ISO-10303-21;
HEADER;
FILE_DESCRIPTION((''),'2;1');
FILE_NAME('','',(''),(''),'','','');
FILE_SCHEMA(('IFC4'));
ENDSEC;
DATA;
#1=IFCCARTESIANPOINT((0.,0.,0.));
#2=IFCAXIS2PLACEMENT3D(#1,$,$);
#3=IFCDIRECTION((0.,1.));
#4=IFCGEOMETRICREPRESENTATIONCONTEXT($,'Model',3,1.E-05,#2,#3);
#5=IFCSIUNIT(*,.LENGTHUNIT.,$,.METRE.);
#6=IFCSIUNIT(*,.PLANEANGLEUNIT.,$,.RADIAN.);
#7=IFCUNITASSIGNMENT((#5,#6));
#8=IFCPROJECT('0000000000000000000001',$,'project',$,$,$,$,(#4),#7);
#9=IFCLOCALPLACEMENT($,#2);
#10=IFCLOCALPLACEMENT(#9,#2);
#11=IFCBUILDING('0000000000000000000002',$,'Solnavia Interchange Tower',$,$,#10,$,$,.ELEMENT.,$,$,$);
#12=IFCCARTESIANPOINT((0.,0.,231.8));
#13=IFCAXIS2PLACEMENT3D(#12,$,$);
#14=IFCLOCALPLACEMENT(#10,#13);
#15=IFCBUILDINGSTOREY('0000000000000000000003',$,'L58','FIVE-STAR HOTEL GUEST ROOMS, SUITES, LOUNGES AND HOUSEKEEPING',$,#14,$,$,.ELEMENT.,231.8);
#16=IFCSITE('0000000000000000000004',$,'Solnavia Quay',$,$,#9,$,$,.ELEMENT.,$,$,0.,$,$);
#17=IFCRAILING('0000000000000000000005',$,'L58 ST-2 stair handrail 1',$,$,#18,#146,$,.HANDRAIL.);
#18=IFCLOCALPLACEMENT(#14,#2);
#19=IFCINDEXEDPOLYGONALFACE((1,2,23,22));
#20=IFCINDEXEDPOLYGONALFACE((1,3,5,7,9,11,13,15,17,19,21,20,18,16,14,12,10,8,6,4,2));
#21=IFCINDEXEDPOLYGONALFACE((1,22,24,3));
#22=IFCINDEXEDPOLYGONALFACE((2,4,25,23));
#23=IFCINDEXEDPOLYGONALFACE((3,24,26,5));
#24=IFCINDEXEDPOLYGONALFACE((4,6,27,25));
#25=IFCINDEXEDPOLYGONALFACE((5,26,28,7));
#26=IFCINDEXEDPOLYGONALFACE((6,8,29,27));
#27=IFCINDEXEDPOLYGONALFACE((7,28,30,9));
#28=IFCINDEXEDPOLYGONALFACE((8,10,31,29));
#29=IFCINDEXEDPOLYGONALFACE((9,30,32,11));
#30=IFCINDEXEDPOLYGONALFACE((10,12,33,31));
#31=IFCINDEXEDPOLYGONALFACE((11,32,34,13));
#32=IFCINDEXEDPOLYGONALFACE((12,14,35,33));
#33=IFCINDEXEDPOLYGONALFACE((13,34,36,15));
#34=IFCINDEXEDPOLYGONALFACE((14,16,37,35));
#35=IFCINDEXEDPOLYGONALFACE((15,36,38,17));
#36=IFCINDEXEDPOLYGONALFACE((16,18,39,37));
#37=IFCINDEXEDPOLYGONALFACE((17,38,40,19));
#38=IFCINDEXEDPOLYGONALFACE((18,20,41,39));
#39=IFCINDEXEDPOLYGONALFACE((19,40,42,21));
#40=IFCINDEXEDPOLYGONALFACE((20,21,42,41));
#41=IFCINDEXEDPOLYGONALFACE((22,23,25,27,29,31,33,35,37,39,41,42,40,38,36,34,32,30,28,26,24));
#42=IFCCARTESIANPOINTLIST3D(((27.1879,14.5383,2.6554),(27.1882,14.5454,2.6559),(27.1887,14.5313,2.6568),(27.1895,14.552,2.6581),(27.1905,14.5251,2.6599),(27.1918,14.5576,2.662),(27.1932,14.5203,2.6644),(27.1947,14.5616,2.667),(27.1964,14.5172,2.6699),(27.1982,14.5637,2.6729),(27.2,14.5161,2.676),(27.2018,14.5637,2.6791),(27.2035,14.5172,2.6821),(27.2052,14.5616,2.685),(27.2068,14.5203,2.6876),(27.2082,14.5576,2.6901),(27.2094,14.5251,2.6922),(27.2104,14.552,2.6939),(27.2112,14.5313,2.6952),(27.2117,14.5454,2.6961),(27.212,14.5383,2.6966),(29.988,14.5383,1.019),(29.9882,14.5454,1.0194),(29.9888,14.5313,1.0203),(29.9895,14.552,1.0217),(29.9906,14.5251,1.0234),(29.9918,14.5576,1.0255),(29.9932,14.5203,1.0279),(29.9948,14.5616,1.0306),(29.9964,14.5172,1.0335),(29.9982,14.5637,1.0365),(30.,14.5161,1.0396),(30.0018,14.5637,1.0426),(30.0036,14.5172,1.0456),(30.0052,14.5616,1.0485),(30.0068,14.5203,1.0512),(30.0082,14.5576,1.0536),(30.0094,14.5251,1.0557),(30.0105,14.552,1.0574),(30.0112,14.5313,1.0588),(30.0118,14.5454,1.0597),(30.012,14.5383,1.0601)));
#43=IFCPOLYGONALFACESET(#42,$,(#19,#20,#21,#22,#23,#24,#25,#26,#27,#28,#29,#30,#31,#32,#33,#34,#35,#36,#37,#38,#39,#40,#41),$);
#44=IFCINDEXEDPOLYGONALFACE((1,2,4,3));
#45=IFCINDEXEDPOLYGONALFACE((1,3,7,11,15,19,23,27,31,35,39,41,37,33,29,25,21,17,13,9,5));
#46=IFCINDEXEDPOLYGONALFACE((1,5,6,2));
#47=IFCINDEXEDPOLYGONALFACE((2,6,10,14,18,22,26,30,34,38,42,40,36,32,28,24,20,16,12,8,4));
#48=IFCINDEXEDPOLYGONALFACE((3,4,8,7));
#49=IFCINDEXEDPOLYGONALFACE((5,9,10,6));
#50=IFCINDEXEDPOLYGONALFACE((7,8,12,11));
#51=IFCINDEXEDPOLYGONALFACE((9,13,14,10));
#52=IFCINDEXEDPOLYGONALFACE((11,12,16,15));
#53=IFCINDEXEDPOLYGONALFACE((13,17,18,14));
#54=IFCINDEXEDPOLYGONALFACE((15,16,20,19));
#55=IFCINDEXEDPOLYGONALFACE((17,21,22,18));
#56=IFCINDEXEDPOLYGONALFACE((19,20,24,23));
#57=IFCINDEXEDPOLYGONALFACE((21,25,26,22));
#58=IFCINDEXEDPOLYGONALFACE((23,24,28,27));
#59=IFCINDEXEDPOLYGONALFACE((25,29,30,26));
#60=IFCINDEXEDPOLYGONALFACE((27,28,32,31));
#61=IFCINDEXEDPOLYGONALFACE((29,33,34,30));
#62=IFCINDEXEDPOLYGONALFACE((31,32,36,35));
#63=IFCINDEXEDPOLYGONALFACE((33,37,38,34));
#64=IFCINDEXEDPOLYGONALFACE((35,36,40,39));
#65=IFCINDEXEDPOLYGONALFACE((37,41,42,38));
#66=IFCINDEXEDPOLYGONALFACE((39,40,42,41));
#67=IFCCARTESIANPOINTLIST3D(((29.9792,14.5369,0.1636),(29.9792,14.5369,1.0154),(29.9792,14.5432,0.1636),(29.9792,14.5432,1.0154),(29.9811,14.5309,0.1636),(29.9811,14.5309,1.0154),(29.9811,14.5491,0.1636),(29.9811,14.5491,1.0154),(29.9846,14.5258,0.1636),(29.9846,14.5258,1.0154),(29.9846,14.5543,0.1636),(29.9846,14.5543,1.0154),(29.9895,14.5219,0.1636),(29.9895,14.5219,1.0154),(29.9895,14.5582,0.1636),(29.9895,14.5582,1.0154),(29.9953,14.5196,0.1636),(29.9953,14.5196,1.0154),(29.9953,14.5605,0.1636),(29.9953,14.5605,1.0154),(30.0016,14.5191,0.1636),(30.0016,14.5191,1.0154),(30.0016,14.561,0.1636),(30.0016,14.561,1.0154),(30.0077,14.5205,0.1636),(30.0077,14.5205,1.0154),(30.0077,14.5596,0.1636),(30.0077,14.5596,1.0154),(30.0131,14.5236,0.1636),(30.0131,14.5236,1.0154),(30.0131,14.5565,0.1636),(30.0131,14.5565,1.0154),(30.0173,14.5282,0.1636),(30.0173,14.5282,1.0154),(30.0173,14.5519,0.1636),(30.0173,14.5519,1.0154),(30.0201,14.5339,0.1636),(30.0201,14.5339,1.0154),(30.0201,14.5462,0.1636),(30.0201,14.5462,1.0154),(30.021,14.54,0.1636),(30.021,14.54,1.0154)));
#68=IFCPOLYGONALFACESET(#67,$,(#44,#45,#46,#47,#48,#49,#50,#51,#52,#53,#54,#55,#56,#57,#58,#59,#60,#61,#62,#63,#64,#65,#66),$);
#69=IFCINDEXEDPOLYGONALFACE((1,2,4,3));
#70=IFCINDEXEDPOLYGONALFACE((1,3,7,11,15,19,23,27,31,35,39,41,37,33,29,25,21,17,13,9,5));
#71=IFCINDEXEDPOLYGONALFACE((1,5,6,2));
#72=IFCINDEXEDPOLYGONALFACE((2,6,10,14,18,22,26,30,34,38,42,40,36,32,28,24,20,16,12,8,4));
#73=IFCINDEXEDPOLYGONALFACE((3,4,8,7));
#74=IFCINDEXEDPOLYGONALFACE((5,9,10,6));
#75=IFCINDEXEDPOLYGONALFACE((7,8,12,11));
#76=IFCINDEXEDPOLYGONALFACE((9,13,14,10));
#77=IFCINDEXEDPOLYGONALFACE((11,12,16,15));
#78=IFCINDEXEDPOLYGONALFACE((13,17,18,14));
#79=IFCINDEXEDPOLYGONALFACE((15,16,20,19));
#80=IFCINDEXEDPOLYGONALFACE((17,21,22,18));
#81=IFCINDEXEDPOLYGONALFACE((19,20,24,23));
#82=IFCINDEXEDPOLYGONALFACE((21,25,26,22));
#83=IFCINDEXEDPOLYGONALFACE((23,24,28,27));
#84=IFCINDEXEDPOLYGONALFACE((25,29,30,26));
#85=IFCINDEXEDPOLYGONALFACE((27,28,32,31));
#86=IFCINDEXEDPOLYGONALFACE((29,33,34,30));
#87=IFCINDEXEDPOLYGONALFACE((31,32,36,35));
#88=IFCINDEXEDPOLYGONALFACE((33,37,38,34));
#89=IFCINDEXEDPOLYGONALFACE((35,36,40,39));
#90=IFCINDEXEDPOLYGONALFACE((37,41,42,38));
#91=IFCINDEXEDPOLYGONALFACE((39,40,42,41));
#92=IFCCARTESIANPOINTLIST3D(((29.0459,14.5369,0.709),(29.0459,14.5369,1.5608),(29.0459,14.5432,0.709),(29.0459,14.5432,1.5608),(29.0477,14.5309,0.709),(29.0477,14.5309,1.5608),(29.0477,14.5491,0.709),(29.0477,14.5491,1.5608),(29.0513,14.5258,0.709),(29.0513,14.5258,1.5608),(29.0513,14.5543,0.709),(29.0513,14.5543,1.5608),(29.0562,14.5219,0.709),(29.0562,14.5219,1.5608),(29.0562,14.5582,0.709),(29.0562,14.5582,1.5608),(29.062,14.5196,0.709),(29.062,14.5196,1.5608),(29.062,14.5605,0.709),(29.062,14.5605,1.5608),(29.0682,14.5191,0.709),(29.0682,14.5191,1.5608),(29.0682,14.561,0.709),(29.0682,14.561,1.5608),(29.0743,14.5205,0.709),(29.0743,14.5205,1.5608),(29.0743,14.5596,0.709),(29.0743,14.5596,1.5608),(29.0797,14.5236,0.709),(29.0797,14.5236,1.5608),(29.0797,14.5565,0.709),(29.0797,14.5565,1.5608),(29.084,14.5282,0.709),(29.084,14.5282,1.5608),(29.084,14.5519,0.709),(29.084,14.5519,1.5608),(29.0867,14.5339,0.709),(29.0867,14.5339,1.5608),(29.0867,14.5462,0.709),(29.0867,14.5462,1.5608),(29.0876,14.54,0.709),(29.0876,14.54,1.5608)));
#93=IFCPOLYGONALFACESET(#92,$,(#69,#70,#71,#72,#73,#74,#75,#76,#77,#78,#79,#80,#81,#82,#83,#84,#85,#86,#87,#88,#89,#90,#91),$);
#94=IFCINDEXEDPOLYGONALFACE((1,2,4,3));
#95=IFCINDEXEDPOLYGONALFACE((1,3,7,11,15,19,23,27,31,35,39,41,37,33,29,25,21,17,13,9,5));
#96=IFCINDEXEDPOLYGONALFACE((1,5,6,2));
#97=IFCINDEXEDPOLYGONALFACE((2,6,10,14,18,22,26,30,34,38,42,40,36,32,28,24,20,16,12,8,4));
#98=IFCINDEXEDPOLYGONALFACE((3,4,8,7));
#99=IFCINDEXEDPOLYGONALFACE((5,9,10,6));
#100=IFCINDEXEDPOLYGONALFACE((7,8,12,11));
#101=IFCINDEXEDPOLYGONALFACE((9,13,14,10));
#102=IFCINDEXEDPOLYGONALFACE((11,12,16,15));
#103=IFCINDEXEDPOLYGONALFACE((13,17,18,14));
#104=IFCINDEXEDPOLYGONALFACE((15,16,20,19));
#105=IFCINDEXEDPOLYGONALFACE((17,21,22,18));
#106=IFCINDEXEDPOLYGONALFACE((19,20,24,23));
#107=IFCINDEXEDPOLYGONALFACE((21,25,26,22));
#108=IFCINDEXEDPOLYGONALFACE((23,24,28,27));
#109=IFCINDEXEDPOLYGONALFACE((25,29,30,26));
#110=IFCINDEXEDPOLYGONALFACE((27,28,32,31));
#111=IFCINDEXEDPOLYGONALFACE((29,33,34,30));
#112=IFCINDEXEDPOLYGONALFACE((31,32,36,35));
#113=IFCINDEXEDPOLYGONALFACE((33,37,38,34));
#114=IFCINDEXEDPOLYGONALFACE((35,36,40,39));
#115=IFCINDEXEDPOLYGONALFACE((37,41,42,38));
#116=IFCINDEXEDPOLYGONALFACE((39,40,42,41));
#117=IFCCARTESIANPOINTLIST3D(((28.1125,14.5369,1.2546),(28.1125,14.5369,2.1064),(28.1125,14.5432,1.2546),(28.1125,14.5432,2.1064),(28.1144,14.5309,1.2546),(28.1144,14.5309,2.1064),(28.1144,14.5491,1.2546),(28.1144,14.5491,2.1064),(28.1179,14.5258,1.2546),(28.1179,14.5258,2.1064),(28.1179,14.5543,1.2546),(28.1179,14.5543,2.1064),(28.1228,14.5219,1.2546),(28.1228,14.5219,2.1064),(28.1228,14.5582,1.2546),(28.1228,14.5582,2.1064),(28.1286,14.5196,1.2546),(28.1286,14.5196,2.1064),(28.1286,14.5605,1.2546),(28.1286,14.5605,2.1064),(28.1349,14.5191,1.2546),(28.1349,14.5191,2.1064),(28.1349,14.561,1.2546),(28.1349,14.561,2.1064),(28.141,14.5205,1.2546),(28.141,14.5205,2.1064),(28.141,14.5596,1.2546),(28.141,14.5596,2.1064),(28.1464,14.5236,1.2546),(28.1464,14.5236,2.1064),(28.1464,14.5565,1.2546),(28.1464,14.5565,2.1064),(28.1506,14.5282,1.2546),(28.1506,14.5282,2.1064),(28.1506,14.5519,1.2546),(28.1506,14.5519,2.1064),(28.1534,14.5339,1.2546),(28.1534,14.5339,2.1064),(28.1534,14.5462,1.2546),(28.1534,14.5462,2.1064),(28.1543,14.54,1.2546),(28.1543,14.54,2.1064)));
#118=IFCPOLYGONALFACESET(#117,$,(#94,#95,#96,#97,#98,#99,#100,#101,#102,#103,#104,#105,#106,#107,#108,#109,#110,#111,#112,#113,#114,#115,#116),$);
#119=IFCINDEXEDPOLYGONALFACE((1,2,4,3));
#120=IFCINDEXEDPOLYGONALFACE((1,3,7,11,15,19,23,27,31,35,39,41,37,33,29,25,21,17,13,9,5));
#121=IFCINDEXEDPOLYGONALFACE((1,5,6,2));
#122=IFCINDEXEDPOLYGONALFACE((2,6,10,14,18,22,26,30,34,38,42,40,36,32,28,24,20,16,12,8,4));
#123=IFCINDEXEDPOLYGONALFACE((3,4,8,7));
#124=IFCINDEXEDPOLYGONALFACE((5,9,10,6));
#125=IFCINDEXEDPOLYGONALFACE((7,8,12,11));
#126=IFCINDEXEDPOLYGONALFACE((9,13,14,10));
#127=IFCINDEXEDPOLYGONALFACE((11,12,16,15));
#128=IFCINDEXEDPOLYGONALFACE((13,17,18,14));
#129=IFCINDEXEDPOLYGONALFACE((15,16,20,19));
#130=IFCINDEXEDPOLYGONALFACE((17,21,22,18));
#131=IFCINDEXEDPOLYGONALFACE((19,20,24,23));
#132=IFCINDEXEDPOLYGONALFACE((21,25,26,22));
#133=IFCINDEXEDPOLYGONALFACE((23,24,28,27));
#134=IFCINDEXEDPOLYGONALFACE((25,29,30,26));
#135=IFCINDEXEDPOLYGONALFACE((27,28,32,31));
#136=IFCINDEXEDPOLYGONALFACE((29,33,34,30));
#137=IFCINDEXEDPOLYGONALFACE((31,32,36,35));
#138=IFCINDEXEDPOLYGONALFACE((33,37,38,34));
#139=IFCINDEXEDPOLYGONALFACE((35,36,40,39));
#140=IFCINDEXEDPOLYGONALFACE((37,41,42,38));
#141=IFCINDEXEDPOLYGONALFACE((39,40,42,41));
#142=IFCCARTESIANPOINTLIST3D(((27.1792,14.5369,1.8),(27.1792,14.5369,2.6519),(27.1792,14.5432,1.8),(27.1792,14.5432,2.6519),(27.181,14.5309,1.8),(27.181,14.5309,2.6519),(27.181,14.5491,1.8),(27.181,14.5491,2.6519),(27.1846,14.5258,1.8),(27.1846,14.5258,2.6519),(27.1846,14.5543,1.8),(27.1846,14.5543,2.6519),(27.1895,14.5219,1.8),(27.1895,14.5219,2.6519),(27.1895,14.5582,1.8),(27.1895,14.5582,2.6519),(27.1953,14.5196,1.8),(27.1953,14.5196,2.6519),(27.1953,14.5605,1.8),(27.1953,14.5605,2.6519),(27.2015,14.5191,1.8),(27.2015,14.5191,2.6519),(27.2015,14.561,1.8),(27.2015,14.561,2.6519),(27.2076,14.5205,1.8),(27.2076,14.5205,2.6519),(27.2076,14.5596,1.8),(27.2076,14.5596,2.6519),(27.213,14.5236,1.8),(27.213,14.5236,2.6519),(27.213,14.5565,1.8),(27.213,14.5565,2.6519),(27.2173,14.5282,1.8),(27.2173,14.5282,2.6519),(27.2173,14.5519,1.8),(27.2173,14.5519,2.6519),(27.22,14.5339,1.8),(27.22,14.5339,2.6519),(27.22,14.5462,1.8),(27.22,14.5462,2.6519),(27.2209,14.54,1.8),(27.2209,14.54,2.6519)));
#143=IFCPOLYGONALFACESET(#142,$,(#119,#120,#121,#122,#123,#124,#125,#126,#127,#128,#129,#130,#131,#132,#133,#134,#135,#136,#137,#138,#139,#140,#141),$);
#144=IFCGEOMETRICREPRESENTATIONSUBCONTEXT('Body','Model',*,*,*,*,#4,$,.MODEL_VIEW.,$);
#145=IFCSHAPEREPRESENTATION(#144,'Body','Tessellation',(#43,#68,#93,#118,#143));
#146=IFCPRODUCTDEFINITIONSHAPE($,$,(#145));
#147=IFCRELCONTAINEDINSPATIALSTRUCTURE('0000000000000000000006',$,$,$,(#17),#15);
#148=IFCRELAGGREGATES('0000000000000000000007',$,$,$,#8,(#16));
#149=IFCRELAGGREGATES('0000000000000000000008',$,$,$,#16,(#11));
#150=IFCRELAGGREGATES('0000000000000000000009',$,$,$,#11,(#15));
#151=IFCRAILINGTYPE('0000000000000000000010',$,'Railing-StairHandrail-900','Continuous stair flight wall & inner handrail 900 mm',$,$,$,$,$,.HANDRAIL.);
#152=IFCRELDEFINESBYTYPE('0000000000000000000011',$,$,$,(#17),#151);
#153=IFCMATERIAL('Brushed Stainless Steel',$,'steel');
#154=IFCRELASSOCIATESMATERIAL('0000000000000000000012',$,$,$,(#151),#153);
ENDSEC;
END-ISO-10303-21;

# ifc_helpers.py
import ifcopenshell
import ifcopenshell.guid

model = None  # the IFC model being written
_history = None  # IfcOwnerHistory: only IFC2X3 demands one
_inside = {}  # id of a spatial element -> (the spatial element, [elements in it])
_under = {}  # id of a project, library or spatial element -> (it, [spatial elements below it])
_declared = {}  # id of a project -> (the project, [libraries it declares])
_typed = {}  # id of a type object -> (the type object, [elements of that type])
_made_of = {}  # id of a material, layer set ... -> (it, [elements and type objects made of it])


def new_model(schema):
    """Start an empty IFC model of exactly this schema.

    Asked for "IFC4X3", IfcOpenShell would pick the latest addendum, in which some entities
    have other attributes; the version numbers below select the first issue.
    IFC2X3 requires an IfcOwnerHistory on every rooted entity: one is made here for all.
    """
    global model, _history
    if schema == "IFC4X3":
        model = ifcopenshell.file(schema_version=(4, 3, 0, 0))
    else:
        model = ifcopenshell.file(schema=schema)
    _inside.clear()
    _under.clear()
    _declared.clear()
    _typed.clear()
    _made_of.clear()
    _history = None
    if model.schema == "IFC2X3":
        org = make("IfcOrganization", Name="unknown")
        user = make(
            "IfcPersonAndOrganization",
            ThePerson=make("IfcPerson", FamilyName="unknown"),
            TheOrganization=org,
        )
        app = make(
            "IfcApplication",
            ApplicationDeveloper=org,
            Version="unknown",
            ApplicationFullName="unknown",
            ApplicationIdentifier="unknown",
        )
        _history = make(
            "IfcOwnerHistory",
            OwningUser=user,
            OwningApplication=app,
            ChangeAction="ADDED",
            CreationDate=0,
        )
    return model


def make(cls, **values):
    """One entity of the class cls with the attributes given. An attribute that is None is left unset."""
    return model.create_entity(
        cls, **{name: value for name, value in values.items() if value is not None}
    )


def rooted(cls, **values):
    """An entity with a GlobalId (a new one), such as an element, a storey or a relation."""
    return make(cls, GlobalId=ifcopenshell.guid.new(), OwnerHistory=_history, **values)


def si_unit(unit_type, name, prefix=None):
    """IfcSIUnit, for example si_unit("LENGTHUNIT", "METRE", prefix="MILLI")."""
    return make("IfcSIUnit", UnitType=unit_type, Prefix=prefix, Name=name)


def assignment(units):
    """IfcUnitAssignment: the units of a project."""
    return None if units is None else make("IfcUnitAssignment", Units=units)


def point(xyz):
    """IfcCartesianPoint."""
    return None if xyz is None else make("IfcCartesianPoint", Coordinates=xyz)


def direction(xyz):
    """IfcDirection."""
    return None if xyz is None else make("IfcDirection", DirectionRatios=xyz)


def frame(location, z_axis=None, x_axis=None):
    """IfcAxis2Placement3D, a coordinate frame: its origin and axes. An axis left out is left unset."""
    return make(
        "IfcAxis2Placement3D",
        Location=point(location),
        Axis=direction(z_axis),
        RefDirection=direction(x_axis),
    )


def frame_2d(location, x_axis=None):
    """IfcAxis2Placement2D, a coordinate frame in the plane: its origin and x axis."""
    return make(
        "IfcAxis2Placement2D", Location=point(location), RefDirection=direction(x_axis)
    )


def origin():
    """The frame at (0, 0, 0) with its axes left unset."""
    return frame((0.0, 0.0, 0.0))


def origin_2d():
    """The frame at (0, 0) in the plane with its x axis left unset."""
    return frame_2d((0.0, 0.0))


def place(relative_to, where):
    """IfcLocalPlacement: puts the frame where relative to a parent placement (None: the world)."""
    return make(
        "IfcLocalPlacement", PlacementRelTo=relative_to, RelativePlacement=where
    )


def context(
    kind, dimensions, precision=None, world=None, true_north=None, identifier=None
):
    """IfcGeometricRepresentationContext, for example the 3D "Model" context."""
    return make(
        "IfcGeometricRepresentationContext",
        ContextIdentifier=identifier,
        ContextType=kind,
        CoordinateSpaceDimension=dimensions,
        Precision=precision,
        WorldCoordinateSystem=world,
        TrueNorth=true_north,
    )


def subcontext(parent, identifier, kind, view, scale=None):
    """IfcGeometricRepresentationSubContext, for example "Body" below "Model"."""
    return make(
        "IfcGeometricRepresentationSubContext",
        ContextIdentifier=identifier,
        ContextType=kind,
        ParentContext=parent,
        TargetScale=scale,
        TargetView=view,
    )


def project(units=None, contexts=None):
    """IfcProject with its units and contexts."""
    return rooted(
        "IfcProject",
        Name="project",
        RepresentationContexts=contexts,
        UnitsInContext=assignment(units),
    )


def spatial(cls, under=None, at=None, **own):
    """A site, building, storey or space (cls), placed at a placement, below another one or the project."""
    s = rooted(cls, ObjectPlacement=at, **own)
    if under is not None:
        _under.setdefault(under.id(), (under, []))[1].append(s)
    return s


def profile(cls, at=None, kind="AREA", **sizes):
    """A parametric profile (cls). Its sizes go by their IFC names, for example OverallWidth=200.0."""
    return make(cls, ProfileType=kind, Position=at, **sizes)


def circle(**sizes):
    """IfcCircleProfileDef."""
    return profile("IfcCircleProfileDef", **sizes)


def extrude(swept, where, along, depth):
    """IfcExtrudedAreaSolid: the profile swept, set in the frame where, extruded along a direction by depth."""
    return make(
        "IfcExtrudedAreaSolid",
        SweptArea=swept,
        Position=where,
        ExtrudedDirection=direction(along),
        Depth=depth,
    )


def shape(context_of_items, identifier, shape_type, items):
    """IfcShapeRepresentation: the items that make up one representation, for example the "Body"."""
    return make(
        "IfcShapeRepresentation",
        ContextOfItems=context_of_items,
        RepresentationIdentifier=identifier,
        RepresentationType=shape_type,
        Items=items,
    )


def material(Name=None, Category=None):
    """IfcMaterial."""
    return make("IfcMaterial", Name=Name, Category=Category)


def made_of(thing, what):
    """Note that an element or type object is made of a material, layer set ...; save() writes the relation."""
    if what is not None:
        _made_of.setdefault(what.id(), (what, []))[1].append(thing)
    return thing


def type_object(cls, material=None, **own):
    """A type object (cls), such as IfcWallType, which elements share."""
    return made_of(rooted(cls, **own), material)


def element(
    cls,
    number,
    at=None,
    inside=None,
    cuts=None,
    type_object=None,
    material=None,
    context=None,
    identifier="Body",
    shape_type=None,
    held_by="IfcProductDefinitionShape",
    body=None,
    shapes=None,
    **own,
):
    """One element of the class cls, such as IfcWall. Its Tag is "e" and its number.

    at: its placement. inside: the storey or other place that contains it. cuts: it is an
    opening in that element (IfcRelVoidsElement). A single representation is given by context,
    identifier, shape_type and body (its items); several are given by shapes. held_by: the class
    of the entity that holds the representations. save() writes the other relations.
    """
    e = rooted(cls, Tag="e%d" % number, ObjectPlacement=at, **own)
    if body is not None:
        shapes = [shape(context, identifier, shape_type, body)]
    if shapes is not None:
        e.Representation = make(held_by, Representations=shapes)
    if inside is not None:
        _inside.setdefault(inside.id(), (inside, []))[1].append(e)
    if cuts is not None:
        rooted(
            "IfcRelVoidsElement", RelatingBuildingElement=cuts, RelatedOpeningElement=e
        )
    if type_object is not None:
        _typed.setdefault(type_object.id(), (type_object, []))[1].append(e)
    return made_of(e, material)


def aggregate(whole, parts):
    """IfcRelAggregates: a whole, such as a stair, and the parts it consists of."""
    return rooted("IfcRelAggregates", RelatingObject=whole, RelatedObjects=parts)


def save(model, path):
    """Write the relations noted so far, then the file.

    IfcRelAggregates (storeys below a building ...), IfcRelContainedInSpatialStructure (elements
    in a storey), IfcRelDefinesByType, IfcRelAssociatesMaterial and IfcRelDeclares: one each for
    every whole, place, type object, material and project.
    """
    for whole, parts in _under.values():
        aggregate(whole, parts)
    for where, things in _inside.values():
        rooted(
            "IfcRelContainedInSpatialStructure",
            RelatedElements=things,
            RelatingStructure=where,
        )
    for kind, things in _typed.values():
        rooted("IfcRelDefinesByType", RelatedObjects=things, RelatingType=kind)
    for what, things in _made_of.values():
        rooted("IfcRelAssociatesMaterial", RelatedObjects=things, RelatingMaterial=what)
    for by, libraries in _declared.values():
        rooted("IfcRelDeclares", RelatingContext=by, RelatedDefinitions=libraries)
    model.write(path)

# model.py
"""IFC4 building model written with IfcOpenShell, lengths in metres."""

from ifc_helpers import new_model, si_unit, direction, frame, origin, origin_2d, place, context, subcontext, project, spatial, circle, extrude, material, type_object, element, save


model = new_model("IFC4")

# Units and contexts
model_context = context("Model", 3, precision=1e-05, world=origin(), true_north=direction((0.0, 1.0)))
body_context = subcontext(model_context, "Body", "Model", "MODEL_VIEW")
ifc_project = project(units=[si_unit("LENGTHUNIT", "METRE"), si_unit("PLANEANGLEUNIT", "RADIAN")], contexts=[model_context])

# Site, building, storey
site_placement = place(None, origin())
site = spatial("IfcSite", under=ifc_project, at=site_placement, Name="Solnavia Quay", CompositionType="ELEMENT", RefElevation=0.0)
building_placement = place(site_placement, origin())
building = spatial("IfcBuilding", under=site, at=building_placement, Name="Solnavia Interchange Tower", CompositionType="ELEMENT")
storey_placement = place(building_placement, frame((0.0, 0.0, 231.8)))
storey = spatial("IfcBuildingStorey", under=building, at=storey_placement, Name="L58", Description="FIVE-STAR HOTEL GUEST ROOMS, SUITES, LOUNGES AND HOUSEKEEPING", CompositionType="ELEMENT", Elevation=231.8)

# Railing
ifc_material_1 = material(Name="Brushed Stainless Steel", Category="steel")
railing_type = type_object("IfcRailingType", Name="Railing-StairHandrail-900", Description="Continuous stair flight wall & inner handrail 900 mm", PredefinedType="HANDRAIL", material=ifc_material_1)
railing_placement = place(storey_placement, frame((30.0, 14.54, 0.1636)))
element("IfcRailing", 1, at=railing_placement, inside=storey, type_object=railing_type, Name="L58 ST-2 stair handrail 1", PredefinedType="HANDRAIL", context=body_context, shape_type="SweptSolid", body=[
    extrude(circle(Radius=0.0239, at=origin_2d()), frame((0.0, 0.0, 0.876), z_axis=(-0.863361, 0.0, 0.504587), x_axis=(0.0, -1.0, 0.0)), (0.0, 0.0, 1.0), 3.2432),
    extrude(circle(Radius=0.021, at=origin_2d()), origin(), (0.0, 0.0, 1.0), 0.8518),
    extrude(circle(Radius=0.021, at=origin_2d()), frame((-0.9333, 0.0, 0.5454)), (0.0, 0.0, 1.0), 0.8518),
    extrude(circle(Radius=0.021, at=origin_2d()), frame((-1.8667, 0.0, 1.0911)), (0.0, 0.0, 1.0), 0.8518),
    extrude(circle(Radius=0.021, at=origin_2d()), frame((-2.8, 0.0, 1.6365)), (0.0, 0.0, 1.0), 0.8518),
])

save(model, "model.ifc")
